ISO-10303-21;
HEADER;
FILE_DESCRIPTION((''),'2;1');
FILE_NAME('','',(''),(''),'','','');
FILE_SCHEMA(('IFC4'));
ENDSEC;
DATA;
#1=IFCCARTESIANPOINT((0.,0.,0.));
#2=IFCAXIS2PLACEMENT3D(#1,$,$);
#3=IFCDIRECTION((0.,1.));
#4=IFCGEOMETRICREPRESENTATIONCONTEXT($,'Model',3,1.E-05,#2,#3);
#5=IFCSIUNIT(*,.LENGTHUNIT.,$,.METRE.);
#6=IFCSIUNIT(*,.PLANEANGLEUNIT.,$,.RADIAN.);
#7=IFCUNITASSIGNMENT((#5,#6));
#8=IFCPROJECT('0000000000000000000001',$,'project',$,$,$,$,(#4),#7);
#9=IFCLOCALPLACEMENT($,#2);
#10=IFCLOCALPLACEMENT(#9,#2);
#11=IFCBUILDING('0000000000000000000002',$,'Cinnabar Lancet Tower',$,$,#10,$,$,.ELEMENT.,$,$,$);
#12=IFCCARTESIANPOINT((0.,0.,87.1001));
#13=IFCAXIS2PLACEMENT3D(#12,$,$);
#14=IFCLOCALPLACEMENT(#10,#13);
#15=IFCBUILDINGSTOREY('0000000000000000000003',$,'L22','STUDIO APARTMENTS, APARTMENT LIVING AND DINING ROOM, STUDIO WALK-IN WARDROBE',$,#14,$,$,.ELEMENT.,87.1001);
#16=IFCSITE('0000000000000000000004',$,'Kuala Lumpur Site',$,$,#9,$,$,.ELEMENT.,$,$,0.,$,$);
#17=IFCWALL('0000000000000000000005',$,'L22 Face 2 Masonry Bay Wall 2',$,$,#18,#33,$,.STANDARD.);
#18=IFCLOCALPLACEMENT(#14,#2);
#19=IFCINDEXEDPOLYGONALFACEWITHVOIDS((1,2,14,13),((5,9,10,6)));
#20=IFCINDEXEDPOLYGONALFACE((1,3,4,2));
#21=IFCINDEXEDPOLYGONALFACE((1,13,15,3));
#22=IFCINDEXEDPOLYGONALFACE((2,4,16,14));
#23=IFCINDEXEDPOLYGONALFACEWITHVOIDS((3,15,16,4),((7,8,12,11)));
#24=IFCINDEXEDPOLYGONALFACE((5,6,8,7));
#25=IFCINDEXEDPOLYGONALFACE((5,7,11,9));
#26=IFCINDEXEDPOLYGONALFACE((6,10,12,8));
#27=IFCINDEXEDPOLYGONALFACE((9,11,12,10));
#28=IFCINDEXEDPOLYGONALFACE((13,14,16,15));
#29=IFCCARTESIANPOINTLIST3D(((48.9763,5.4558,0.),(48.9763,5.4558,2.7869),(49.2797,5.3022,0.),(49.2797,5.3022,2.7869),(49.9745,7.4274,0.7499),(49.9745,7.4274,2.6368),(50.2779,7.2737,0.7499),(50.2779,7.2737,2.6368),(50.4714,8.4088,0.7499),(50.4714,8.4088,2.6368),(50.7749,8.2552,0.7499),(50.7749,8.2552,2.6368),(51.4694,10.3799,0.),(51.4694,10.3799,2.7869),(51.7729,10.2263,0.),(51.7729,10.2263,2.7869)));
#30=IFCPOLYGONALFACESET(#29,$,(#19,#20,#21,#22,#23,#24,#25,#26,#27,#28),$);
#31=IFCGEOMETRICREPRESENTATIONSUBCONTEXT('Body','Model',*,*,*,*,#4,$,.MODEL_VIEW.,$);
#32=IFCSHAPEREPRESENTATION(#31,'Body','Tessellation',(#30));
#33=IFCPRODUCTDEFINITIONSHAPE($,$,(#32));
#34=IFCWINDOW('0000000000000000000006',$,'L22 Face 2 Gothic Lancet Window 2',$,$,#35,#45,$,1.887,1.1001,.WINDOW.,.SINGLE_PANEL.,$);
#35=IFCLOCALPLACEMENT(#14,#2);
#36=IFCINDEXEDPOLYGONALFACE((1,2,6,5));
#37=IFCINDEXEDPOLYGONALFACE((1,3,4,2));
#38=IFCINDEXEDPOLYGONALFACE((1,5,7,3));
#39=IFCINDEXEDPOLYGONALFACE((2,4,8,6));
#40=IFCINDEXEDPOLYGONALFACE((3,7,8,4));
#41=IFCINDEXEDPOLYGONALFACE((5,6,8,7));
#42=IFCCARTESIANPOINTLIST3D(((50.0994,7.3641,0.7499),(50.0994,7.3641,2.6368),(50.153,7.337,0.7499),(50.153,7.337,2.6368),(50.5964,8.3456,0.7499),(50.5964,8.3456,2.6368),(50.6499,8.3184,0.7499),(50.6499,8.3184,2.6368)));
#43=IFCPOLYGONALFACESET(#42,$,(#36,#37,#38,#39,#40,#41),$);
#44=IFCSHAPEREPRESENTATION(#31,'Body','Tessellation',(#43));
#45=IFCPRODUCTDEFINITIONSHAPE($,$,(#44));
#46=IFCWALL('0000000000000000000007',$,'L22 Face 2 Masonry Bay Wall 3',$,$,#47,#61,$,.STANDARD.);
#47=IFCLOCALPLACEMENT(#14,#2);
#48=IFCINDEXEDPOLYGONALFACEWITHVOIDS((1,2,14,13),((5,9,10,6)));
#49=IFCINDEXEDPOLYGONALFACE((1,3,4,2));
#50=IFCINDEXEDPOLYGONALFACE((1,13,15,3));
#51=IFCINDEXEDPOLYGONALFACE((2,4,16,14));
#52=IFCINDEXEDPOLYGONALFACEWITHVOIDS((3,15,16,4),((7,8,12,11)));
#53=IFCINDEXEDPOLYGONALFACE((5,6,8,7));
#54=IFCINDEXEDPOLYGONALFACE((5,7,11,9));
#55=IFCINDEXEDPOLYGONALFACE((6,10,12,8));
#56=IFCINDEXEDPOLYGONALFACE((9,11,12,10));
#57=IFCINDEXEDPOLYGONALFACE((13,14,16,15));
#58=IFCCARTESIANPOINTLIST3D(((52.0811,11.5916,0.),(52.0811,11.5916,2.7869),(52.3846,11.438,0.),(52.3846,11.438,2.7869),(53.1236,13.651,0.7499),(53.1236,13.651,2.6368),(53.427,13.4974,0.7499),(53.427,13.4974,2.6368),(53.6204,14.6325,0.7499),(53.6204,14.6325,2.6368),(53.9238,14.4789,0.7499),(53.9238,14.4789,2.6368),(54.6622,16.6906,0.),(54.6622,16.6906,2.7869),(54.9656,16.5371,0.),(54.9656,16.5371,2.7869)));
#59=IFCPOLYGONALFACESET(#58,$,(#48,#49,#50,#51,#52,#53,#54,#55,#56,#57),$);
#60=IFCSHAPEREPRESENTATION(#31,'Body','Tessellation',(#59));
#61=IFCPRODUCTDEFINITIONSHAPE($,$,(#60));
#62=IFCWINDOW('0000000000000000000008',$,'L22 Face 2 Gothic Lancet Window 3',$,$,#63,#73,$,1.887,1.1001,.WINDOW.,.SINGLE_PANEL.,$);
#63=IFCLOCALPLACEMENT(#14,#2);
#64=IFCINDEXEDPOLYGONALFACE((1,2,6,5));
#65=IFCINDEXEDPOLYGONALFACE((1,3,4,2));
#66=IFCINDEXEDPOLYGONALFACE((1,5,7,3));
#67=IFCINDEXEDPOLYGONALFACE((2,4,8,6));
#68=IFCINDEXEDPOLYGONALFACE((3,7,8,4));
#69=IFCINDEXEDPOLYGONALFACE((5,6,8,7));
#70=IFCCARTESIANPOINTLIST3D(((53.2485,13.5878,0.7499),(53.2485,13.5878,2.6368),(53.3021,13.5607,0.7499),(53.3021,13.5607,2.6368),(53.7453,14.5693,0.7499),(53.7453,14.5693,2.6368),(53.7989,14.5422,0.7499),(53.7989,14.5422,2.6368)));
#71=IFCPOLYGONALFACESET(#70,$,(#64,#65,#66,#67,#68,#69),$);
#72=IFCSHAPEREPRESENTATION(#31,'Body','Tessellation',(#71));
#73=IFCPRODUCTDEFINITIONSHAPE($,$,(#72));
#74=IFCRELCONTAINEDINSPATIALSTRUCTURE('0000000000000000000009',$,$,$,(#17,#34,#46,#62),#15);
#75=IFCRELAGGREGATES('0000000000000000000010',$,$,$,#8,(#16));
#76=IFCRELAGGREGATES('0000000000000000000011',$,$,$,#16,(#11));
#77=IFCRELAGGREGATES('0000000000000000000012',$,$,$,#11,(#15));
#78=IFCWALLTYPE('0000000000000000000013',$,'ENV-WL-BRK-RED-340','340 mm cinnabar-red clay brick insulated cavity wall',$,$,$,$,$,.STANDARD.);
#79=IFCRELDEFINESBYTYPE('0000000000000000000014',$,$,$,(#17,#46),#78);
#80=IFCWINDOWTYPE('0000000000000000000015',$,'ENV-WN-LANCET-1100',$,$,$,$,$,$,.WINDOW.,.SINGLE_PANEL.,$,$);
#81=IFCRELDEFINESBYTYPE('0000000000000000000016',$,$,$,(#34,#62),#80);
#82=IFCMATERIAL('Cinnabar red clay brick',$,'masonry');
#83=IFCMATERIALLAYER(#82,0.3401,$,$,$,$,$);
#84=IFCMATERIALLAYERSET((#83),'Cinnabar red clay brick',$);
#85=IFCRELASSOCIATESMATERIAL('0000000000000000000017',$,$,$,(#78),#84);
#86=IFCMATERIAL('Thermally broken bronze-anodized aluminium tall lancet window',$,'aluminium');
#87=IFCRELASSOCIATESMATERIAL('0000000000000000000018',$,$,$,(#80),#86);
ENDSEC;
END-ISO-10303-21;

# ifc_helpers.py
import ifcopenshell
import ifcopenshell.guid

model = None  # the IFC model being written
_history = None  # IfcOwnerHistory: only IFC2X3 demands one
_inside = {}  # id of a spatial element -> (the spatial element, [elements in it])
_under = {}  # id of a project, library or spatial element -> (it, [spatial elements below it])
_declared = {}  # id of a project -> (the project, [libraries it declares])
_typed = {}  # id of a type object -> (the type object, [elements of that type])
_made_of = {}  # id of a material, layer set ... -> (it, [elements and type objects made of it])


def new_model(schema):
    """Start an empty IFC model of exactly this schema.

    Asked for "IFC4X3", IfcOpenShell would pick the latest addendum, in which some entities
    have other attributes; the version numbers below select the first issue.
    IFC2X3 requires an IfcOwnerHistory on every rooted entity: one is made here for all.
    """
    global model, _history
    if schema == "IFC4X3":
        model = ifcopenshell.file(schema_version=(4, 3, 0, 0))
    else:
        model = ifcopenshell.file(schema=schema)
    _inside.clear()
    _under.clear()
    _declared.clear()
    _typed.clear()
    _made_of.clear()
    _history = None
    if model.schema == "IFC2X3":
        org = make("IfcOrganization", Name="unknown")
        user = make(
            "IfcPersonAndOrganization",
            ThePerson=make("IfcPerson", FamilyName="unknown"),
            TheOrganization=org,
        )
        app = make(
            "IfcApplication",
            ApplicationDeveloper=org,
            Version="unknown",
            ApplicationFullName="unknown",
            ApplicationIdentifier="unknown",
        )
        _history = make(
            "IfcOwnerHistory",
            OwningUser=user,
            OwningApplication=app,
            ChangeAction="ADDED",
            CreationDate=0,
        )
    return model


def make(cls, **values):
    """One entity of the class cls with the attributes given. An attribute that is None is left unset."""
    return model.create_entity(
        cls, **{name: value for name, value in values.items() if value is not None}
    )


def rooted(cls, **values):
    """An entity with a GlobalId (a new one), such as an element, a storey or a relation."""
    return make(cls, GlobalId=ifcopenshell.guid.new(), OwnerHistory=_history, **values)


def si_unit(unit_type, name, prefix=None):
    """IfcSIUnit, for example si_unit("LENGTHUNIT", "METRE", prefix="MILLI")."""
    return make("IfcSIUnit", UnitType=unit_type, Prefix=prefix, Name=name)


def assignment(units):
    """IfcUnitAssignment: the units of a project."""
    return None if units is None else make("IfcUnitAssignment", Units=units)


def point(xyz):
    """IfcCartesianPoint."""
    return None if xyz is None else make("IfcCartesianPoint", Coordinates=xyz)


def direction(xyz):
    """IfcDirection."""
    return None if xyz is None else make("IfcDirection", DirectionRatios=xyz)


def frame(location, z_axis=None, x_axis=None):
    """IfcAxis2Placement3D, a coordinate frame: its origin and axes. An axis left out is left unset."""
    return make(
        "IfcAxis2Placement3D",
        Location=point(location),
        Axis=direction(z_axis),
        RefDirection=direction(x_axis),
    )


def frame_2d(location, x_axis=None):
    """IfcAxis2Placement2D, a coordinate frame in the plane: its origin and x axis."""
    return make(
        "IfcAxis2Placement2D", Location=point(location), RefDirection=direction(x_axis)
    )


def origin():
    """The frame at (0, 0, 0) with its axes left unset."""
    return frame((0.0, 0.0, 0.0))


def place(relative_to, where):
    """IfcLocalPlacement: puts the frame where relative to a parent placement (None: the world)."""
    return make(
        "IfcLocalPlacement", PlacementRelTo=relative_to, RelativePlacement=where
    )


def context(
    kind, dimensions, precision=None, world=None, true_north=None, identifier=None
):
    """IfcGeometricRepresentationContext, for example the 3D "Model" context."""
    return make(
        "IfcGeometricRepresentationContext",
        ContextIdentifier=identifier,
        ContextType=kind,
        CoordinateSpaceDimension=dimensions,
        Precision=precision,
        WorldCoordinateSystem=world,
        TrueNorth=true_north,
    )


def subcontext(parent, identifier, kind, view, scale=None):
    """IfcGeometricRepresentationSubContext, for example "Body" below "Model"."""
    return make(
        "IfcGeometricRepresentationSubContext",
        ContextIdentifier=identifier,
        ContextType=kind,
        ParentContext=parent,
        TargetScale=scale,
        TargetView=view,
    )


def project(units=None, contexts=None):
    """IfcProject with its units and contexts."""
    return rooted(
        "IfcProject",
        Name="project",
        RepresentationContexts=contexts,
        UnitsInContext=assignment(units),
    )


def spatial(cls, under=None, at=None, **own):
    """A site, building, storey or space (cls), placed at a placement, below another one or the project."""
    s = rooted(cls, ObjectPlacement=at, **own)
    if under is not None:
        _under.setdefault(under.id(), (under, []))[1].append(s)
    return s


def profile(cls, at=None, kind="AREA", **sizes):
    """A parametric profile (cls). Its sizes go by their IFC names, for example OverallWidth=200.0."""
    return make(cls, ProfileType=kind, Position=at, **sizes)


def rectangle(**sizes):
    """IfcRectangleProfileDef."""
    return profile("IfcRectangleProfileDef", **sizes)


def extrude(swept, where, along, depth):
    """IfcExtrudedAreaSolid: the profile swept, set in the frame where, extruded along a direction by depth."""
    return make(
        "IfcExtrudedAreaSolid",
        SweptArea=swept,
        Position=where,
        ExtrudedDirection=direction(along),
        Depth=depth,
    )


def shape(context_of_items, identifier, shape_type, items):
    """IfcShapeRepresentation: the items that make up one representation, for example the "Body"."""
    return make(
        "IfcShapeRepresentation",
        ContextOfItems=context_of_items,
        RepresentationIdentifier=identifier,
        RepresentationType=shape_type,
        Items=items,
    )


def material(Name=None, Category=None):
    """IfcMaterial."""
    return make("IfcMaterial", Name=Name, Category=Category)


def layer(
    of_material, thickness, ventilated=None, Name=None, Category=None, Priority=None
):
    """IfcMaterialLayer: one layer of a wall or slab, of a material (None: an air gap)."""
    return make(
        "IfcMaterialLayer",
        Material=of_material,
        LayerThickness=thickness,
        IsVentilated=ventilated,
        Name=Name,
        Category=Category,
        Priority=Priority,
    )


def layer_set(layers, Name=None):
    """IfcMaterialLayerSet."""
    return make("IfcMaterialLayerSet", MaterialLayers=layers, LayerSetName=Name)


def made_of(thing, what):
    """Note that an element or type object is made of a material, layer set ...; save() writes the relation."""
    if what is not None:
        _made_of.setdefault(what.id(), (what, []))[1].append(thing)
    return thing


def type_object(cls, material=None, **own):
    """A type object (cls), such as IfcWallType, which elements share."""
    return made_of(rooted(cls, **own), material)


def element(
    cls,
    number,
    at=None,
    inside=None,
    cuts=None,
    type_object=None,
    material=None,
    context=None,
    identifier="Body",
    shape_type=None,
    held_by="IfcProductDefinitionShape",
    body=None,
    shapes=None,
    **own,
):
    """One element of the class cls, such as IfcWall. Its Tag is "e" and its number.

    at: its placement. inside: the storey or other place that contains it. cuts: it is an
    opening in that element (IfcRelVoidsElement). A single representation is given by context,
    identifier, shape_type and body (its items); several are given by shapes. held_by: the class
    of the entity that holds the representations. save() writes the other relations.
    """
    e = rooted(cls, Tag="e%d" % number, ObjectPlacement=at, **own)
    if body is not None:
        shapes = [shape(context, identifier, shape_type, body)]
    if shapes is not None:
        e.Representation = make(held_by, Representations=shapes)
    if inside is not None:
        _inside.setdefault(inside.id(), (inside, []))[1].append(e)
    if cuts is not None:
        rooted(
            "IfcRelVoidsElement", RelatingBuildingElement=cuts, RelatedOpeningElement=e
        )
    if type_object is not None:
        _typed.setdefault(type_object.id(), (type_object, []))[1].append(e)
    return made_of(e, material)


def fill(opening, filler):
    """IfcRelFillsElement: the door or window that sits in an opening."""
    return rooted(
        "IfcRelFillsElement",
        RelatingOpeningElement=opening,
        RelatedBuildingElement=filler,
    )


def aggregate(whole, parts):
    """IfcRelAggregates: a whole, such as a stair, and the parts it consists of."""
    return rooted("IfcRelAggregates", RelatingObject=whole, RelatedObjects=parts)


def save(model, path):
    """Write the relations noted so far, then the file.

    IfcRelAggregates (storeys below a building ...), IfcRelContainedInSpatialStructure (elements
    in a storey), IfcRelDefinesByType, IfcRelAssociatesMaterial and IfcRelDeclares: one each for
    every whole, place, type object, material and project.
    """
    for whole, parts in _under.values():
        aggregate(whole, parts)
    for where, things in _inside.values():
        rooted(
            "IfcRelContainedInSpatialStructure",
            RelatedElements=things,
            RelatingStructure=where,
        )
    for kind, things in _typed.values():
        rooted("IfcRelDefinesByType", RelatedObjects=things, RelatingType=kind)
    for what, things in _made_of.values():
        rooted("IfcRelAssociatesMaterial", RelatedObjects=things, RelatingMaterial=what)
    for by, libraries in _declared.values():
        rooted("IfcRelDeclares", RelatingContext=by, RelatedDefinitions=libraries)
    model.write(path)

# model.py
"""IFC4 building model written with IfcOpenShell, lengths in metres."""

from ifc_helpers import new_model, si_unit, direction, frame, frame_2d, origin, place, context, subcontext, project, spatial, rectangle, extrude, material, layer, layer_set, type_object, element, fill, save


model = new_model("IFC4")

# Units and contexts
model_context = context("Model", 3, precision=1e-05, world=origin(), true_north=direction((0.0, 1.0)))
body_context = subcontext(model_context, "Body", "Model", "MODEL_VIEW")
ifc_project = project(units=[si_unit("LENGTHUNIT", "METRE"), si_unit("PLANEANGLEUNIT", "RADIAN")], contexts=[model_context])

# Site, building, storey
site_placement = place(None, origin())
site = spatial("IfcSite", under=ifc_project, at=site_placement, Name="Kuala Lumpur Site", CompositionType="ELEMENT", RefElevation=0.0)
building_placement = place(site_placement, origin())
building = spatial("IfcBuilding", under=site, at=building_placement, Name="Cinnabar Lancet Tower", CompositionType="ELEMENT")
storey_placement = place(building_placement, frame((0.0, 0.0, 87.1001)))
storey = spatial("IfcBuildingStorey", under=building, at=storey_placement, Name="L22", Description="STUDIO APARTMENTS, APARTMENT LIVING AND DINING ROOM, STUDIO WALK-IN WARDROBE", CompositionType="ELEMENT", Elevation=87.1001)

# Shared definitions
ifc_material_1 = material(Name="Cinnabar red clay brick", Category="masonry")
ifc_layer_1 = layer(ifc_material_1, 0.3401)
ifc_layer_set_1 = layer_set([ifc_layer_1], Name="Cinnabar red clay brick")
wall_type_1 = type_object("IfcWallType", Name="ENV-WL-BRK-RED-340", Description="340 mm cinnabar-red clay brick insulated cavity wall", PredefinedType="STANDARD", material=ifc_layer_set_1)

# Shared definitions
ifc_material_2 = material(Name="Thermally broken bronze-anodized aluminium tall lancet window", Category="aluminium")
window_type = type_object("IfcWindowType", Name="ENV-WN-LANCET-1100", PartitioningType="SINGLE_PANEL", PredefinedType="WINDOW", material=ifc_material_2)

# Walls, openings, windows
wall_1_placement = place(storey_placement, frame((49.1279, 5.3789, 0.0), z_axis=(0.0, 0.0, 1.0), x_axis=(0.45172, 0.89216, 0.0)))
wall_1 = element("IfcWall", 1, at=wall_1_placement, inside=storey, type_object=wall_type_1, Name="L22 Face 2 Masonry Bay Wall 2", PredefinedType="STANDARD", context=body_context, shape_type="SweptSolid", body=[
    extrude(rectangle(XDim=5.5193, YDim=0.3401, at=frame_2d((2.7598, 0.0))), origin(), (0.0, 0.0, 1.0), 2.7869),
])
opening_1_placement = place(wall_1_placement, frame((2.21, 0.0, 0.75)))
opening_1 = element("IfcOpeningElement", 2, at=opening_1_placement, cuts=wall_1, PredefinedType="OPENING", context=body_context, shape_type="SweptSolid", body=[
    extrude(rectangle(XDim=1.1001, YDim=1.887, at=frame_2d((0.55, 0.9434))), frame((0.0, 0.1799, 0.0), z_axis=(0.0, -1.0, 0.0), x_axis=(1.0, 0.0, 0.0)), (0.0, 0.0, 1.0), 0.3601),
])
window_1_placement = place(opening_1_placement, origin())
window_1 = element("IfcWindow", 3, at=window_1_placement, inside=storey, type_object=window_type, Name="L22 Face 2 Gothic Lancet Window 2", OverallHeight=1.887, OverallWidth=1.1001, PartitioningType="SINGLE_PANEL", PredefinedType="WINDOW", context=body_context, shape_type="SweptSolid", body=[
    extrude(rectangle(XDim=1.1001, YDim=1.887, at=frame_2d((0.55, 0.9434))), frame((0.0, 0.03, 0.0), z_axis=(0.0, -1.0, 0.0), x_axis=(1.0, 0.0, 0.0)), (0.0, 0.0, 1.0), 0.0601),
])
fill(opening_1, window_1)
wall_2_placement = place(storey_placement, frame((52.2329, 11.5149, 0.0), z_axis=(0.0, 0.0, 1.0), x_axis=(0.451617, 0.892212, 0.0)))
wall_2 = element("IfcWall", 4, at=wall_2_placement, inside=storey, type_object=wall_type_1, Name="L22 Face 2 Masonry Bay Wall 3", PredefinedType="STANDARD", context=body_context, shape_type="SweptSolid", body=[
    extrude(rectangle(XDim=5.7151, YDim=0.3401, at=frame_2d((2.8574, 0.0))), origin(), (0.0, 0.0, 1.0), 2.7869),
])
opening_2_placement = place(wall_2_placement, frame((2.3081, 0.0, 0.75)))
opening_2 = element("IfcOpeningElement", 5, at=opening_2_placement, cuts=wall_2, PredefinedType="OPENING", context=body_context, shape_type="SweptSolid", body=[
    extrude(rectangle(XDim=1.1001, YDim=1.887, at=frame_2d((0.55, 0.9434))), frame((0.0, 0.1799, 0.0), z_axis=(0.0, -1.0, 0.0), x_axis=(1.0, 0.0, 0.0)), (0.0, 0.0, 1.0), 0.3601),
])
window_2_placement = place(opening_2_placement, origin())
window_2 = element("IfcWindow", 6, at=window_2_placement, inside=storey, type_object=window_type, Name="L22 Face 2 Gothic Lancet Window 3", OverallHeight=1.887, OverallWidth=1.1001, PartitioningType="SINGLE_PANEL", PredefinedType="WINDOW", context=body_context, shape_type="SweptSolid", body=[
    extrude(rectangle(XDim=1.1001, YDim=1.887, at=frame_2d((0.55, 0.9434))), frame((0.0, 0.03, 0.0), z_axis=(0.0, -1.0, 0.0), x_axis=(1.0, 0.0, 0.0)), (0.0, 0.0, 1.0), 0.0601),
])
fill(opening_2, window_2)

save(model, "model.ifc")
